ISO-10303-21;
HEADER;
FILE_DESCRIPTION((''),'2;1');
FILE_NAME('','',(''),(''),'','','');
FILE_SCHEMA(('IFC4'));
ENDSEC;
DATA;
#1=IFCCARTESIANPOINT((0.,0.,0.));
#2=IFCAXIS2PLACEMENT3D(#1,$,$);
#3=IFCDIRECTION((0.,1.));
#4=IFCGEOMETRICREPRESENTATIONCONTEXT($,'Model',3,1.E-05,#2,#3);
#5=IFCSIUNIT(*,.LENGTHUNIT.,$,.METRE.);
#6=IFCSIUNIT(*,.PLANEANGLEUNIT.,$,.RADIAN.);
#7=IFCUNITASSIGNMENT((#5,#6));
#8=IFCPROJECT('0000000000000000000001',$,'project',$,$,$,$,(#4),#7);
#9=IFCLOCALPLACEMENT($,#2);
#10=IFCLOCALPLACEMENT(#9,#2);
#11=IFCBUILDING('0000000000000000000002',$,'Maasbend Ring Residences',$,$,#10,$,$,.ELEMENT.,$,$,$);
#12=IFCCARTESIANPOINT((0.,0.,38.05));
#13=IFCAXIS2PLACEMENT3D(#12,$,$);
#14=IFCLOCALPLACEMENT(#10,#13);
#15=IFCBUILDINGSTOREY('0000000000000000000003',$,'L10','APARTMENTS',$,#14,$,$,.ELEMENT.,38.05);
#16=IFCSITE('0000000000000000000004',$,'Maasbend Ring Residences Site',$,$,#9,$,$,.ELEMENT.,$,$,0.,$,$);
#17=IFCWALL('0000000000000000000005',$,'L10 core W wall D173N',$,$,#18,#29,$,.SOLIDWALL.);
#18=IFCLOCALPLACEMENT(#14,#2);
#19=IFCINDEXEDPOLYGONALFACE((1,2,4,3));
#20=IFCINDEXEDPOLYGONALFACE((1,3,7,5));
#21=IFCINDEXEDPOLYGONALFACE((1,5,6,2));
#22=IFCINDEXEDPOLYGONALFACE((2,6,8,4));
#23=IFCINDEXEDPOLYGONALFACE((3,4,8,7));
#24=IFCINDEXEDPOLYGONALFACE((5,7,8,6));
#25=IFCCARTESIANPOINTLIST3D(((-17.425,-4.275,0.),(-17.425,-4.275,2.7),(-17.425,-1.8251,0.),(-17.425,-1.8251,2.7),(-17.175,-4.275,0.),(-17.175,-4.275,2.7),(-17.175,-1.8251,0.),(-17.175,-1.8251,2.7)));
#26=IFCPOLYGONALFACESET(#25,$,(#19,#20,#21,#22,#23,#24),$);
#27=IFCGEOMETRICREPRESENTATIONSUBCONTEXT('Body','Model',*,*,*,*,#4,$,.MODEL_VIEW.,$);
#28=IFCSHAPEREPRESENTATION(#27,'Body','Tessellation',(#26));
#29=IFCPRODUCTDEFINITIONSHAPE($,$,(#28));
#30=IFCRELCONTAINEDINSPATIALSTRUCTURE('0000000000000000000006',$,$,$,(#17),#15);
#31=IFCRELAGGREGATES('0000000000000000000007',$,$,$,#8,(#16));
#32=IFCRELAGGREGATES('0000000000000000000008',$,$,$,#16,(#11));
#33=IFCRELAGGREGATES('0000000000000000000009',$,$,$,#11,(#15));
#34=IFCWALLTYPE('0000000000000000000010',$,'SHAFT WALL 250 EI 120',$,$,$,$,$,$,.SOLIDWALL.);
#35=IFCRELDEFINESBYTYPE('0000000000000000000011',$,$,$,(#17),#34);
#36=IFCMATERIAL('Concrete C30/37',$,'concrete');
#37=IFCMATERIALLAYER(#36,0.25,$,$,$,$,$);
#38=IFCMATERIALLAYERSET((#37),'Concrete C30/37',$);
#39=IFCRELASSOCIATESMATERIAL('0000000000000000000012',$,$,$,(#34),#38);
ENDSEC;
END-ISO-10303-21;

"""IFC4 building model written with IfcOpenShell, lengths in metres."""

from ifc_helpers import new_model, si_unit, direction, frame, frame_2d, origin, place, context, subcontext, project, spatial, rectangle, extrude, material, layer, layer_set, type_object, element, save


model = new_model("IFC4")

# Units and contexts
model_context = context("Model", 3, precision=1e-05, world=origin(), true_north=direction((0.0, 1.0)))
body_context = subcontext(model_context, "Body", "Model", "MODEL_VIEW")
ifc_project = project(units=[si_unit("LENGTHUNIT", "METRE"), si_unit("PLANEANGLEUNIT", "RADIAN")], contexts=[model_context])

# Site, building, storey
site_placement = place(None, origin())
site = spatial("IfcSite", under=ifc_project, at=site_placement, Name="Maasbend Ring Residences Site", CompositionType="ELEMENT", RefElevation=0.0)
building_placement = place(site_placement, origin())
building = spatial("IfcBuilding", under=site, at=building_placement, Name="Maasbend Ring Residences", CompositionType="ELEMENT")
storey_placement = place(building_placement, frame((0.0, 0.0, 38.05)))
storey = spatial("IfcBuildingStorey", under=building, at=storey_placement, Name="L10", Description="APARTMENTS", CompositionType="ELEMENT", Elevation=38.05)

# Wall
ifc_material_1 = material(Name="Concrete C30/37", Category="concrete")
ifc_layer_1 = layer(ifc_material_1, 0.25)
ifc_layer_set_1 = layer_set([ifc_layer_1], Name="Concrete C30/37")
wall_type_1 = type_object("IfcWallType", Name="SHAFT WALL 250 EI 120", PredefinedType="SOLIDWALL", material=ifc_layer_set_1)
wall_1_placement = place(storey_placement, frame((-17.3, -1.825, 0.0), z_axis=(0.0, 0.0, 1.0), x_axis=(0.0, -1.0, 0.0)))
element("IfcWall", 1, at=wall_1_placement, inside=storey, type_object=wall_type_1, Name="L10 core W wall D173N", PredefinedType="SOLIDWALL", context=body_context, shape_type="SweptSolid", body=[
    extrude(rectangle(XDim=2.45, YDim=0.25, at=frame_2d((1.2251, 0.0))), origin(), (0.0, 0.0, 1.0), 2.7),
])

save(model, "model.ifc")
